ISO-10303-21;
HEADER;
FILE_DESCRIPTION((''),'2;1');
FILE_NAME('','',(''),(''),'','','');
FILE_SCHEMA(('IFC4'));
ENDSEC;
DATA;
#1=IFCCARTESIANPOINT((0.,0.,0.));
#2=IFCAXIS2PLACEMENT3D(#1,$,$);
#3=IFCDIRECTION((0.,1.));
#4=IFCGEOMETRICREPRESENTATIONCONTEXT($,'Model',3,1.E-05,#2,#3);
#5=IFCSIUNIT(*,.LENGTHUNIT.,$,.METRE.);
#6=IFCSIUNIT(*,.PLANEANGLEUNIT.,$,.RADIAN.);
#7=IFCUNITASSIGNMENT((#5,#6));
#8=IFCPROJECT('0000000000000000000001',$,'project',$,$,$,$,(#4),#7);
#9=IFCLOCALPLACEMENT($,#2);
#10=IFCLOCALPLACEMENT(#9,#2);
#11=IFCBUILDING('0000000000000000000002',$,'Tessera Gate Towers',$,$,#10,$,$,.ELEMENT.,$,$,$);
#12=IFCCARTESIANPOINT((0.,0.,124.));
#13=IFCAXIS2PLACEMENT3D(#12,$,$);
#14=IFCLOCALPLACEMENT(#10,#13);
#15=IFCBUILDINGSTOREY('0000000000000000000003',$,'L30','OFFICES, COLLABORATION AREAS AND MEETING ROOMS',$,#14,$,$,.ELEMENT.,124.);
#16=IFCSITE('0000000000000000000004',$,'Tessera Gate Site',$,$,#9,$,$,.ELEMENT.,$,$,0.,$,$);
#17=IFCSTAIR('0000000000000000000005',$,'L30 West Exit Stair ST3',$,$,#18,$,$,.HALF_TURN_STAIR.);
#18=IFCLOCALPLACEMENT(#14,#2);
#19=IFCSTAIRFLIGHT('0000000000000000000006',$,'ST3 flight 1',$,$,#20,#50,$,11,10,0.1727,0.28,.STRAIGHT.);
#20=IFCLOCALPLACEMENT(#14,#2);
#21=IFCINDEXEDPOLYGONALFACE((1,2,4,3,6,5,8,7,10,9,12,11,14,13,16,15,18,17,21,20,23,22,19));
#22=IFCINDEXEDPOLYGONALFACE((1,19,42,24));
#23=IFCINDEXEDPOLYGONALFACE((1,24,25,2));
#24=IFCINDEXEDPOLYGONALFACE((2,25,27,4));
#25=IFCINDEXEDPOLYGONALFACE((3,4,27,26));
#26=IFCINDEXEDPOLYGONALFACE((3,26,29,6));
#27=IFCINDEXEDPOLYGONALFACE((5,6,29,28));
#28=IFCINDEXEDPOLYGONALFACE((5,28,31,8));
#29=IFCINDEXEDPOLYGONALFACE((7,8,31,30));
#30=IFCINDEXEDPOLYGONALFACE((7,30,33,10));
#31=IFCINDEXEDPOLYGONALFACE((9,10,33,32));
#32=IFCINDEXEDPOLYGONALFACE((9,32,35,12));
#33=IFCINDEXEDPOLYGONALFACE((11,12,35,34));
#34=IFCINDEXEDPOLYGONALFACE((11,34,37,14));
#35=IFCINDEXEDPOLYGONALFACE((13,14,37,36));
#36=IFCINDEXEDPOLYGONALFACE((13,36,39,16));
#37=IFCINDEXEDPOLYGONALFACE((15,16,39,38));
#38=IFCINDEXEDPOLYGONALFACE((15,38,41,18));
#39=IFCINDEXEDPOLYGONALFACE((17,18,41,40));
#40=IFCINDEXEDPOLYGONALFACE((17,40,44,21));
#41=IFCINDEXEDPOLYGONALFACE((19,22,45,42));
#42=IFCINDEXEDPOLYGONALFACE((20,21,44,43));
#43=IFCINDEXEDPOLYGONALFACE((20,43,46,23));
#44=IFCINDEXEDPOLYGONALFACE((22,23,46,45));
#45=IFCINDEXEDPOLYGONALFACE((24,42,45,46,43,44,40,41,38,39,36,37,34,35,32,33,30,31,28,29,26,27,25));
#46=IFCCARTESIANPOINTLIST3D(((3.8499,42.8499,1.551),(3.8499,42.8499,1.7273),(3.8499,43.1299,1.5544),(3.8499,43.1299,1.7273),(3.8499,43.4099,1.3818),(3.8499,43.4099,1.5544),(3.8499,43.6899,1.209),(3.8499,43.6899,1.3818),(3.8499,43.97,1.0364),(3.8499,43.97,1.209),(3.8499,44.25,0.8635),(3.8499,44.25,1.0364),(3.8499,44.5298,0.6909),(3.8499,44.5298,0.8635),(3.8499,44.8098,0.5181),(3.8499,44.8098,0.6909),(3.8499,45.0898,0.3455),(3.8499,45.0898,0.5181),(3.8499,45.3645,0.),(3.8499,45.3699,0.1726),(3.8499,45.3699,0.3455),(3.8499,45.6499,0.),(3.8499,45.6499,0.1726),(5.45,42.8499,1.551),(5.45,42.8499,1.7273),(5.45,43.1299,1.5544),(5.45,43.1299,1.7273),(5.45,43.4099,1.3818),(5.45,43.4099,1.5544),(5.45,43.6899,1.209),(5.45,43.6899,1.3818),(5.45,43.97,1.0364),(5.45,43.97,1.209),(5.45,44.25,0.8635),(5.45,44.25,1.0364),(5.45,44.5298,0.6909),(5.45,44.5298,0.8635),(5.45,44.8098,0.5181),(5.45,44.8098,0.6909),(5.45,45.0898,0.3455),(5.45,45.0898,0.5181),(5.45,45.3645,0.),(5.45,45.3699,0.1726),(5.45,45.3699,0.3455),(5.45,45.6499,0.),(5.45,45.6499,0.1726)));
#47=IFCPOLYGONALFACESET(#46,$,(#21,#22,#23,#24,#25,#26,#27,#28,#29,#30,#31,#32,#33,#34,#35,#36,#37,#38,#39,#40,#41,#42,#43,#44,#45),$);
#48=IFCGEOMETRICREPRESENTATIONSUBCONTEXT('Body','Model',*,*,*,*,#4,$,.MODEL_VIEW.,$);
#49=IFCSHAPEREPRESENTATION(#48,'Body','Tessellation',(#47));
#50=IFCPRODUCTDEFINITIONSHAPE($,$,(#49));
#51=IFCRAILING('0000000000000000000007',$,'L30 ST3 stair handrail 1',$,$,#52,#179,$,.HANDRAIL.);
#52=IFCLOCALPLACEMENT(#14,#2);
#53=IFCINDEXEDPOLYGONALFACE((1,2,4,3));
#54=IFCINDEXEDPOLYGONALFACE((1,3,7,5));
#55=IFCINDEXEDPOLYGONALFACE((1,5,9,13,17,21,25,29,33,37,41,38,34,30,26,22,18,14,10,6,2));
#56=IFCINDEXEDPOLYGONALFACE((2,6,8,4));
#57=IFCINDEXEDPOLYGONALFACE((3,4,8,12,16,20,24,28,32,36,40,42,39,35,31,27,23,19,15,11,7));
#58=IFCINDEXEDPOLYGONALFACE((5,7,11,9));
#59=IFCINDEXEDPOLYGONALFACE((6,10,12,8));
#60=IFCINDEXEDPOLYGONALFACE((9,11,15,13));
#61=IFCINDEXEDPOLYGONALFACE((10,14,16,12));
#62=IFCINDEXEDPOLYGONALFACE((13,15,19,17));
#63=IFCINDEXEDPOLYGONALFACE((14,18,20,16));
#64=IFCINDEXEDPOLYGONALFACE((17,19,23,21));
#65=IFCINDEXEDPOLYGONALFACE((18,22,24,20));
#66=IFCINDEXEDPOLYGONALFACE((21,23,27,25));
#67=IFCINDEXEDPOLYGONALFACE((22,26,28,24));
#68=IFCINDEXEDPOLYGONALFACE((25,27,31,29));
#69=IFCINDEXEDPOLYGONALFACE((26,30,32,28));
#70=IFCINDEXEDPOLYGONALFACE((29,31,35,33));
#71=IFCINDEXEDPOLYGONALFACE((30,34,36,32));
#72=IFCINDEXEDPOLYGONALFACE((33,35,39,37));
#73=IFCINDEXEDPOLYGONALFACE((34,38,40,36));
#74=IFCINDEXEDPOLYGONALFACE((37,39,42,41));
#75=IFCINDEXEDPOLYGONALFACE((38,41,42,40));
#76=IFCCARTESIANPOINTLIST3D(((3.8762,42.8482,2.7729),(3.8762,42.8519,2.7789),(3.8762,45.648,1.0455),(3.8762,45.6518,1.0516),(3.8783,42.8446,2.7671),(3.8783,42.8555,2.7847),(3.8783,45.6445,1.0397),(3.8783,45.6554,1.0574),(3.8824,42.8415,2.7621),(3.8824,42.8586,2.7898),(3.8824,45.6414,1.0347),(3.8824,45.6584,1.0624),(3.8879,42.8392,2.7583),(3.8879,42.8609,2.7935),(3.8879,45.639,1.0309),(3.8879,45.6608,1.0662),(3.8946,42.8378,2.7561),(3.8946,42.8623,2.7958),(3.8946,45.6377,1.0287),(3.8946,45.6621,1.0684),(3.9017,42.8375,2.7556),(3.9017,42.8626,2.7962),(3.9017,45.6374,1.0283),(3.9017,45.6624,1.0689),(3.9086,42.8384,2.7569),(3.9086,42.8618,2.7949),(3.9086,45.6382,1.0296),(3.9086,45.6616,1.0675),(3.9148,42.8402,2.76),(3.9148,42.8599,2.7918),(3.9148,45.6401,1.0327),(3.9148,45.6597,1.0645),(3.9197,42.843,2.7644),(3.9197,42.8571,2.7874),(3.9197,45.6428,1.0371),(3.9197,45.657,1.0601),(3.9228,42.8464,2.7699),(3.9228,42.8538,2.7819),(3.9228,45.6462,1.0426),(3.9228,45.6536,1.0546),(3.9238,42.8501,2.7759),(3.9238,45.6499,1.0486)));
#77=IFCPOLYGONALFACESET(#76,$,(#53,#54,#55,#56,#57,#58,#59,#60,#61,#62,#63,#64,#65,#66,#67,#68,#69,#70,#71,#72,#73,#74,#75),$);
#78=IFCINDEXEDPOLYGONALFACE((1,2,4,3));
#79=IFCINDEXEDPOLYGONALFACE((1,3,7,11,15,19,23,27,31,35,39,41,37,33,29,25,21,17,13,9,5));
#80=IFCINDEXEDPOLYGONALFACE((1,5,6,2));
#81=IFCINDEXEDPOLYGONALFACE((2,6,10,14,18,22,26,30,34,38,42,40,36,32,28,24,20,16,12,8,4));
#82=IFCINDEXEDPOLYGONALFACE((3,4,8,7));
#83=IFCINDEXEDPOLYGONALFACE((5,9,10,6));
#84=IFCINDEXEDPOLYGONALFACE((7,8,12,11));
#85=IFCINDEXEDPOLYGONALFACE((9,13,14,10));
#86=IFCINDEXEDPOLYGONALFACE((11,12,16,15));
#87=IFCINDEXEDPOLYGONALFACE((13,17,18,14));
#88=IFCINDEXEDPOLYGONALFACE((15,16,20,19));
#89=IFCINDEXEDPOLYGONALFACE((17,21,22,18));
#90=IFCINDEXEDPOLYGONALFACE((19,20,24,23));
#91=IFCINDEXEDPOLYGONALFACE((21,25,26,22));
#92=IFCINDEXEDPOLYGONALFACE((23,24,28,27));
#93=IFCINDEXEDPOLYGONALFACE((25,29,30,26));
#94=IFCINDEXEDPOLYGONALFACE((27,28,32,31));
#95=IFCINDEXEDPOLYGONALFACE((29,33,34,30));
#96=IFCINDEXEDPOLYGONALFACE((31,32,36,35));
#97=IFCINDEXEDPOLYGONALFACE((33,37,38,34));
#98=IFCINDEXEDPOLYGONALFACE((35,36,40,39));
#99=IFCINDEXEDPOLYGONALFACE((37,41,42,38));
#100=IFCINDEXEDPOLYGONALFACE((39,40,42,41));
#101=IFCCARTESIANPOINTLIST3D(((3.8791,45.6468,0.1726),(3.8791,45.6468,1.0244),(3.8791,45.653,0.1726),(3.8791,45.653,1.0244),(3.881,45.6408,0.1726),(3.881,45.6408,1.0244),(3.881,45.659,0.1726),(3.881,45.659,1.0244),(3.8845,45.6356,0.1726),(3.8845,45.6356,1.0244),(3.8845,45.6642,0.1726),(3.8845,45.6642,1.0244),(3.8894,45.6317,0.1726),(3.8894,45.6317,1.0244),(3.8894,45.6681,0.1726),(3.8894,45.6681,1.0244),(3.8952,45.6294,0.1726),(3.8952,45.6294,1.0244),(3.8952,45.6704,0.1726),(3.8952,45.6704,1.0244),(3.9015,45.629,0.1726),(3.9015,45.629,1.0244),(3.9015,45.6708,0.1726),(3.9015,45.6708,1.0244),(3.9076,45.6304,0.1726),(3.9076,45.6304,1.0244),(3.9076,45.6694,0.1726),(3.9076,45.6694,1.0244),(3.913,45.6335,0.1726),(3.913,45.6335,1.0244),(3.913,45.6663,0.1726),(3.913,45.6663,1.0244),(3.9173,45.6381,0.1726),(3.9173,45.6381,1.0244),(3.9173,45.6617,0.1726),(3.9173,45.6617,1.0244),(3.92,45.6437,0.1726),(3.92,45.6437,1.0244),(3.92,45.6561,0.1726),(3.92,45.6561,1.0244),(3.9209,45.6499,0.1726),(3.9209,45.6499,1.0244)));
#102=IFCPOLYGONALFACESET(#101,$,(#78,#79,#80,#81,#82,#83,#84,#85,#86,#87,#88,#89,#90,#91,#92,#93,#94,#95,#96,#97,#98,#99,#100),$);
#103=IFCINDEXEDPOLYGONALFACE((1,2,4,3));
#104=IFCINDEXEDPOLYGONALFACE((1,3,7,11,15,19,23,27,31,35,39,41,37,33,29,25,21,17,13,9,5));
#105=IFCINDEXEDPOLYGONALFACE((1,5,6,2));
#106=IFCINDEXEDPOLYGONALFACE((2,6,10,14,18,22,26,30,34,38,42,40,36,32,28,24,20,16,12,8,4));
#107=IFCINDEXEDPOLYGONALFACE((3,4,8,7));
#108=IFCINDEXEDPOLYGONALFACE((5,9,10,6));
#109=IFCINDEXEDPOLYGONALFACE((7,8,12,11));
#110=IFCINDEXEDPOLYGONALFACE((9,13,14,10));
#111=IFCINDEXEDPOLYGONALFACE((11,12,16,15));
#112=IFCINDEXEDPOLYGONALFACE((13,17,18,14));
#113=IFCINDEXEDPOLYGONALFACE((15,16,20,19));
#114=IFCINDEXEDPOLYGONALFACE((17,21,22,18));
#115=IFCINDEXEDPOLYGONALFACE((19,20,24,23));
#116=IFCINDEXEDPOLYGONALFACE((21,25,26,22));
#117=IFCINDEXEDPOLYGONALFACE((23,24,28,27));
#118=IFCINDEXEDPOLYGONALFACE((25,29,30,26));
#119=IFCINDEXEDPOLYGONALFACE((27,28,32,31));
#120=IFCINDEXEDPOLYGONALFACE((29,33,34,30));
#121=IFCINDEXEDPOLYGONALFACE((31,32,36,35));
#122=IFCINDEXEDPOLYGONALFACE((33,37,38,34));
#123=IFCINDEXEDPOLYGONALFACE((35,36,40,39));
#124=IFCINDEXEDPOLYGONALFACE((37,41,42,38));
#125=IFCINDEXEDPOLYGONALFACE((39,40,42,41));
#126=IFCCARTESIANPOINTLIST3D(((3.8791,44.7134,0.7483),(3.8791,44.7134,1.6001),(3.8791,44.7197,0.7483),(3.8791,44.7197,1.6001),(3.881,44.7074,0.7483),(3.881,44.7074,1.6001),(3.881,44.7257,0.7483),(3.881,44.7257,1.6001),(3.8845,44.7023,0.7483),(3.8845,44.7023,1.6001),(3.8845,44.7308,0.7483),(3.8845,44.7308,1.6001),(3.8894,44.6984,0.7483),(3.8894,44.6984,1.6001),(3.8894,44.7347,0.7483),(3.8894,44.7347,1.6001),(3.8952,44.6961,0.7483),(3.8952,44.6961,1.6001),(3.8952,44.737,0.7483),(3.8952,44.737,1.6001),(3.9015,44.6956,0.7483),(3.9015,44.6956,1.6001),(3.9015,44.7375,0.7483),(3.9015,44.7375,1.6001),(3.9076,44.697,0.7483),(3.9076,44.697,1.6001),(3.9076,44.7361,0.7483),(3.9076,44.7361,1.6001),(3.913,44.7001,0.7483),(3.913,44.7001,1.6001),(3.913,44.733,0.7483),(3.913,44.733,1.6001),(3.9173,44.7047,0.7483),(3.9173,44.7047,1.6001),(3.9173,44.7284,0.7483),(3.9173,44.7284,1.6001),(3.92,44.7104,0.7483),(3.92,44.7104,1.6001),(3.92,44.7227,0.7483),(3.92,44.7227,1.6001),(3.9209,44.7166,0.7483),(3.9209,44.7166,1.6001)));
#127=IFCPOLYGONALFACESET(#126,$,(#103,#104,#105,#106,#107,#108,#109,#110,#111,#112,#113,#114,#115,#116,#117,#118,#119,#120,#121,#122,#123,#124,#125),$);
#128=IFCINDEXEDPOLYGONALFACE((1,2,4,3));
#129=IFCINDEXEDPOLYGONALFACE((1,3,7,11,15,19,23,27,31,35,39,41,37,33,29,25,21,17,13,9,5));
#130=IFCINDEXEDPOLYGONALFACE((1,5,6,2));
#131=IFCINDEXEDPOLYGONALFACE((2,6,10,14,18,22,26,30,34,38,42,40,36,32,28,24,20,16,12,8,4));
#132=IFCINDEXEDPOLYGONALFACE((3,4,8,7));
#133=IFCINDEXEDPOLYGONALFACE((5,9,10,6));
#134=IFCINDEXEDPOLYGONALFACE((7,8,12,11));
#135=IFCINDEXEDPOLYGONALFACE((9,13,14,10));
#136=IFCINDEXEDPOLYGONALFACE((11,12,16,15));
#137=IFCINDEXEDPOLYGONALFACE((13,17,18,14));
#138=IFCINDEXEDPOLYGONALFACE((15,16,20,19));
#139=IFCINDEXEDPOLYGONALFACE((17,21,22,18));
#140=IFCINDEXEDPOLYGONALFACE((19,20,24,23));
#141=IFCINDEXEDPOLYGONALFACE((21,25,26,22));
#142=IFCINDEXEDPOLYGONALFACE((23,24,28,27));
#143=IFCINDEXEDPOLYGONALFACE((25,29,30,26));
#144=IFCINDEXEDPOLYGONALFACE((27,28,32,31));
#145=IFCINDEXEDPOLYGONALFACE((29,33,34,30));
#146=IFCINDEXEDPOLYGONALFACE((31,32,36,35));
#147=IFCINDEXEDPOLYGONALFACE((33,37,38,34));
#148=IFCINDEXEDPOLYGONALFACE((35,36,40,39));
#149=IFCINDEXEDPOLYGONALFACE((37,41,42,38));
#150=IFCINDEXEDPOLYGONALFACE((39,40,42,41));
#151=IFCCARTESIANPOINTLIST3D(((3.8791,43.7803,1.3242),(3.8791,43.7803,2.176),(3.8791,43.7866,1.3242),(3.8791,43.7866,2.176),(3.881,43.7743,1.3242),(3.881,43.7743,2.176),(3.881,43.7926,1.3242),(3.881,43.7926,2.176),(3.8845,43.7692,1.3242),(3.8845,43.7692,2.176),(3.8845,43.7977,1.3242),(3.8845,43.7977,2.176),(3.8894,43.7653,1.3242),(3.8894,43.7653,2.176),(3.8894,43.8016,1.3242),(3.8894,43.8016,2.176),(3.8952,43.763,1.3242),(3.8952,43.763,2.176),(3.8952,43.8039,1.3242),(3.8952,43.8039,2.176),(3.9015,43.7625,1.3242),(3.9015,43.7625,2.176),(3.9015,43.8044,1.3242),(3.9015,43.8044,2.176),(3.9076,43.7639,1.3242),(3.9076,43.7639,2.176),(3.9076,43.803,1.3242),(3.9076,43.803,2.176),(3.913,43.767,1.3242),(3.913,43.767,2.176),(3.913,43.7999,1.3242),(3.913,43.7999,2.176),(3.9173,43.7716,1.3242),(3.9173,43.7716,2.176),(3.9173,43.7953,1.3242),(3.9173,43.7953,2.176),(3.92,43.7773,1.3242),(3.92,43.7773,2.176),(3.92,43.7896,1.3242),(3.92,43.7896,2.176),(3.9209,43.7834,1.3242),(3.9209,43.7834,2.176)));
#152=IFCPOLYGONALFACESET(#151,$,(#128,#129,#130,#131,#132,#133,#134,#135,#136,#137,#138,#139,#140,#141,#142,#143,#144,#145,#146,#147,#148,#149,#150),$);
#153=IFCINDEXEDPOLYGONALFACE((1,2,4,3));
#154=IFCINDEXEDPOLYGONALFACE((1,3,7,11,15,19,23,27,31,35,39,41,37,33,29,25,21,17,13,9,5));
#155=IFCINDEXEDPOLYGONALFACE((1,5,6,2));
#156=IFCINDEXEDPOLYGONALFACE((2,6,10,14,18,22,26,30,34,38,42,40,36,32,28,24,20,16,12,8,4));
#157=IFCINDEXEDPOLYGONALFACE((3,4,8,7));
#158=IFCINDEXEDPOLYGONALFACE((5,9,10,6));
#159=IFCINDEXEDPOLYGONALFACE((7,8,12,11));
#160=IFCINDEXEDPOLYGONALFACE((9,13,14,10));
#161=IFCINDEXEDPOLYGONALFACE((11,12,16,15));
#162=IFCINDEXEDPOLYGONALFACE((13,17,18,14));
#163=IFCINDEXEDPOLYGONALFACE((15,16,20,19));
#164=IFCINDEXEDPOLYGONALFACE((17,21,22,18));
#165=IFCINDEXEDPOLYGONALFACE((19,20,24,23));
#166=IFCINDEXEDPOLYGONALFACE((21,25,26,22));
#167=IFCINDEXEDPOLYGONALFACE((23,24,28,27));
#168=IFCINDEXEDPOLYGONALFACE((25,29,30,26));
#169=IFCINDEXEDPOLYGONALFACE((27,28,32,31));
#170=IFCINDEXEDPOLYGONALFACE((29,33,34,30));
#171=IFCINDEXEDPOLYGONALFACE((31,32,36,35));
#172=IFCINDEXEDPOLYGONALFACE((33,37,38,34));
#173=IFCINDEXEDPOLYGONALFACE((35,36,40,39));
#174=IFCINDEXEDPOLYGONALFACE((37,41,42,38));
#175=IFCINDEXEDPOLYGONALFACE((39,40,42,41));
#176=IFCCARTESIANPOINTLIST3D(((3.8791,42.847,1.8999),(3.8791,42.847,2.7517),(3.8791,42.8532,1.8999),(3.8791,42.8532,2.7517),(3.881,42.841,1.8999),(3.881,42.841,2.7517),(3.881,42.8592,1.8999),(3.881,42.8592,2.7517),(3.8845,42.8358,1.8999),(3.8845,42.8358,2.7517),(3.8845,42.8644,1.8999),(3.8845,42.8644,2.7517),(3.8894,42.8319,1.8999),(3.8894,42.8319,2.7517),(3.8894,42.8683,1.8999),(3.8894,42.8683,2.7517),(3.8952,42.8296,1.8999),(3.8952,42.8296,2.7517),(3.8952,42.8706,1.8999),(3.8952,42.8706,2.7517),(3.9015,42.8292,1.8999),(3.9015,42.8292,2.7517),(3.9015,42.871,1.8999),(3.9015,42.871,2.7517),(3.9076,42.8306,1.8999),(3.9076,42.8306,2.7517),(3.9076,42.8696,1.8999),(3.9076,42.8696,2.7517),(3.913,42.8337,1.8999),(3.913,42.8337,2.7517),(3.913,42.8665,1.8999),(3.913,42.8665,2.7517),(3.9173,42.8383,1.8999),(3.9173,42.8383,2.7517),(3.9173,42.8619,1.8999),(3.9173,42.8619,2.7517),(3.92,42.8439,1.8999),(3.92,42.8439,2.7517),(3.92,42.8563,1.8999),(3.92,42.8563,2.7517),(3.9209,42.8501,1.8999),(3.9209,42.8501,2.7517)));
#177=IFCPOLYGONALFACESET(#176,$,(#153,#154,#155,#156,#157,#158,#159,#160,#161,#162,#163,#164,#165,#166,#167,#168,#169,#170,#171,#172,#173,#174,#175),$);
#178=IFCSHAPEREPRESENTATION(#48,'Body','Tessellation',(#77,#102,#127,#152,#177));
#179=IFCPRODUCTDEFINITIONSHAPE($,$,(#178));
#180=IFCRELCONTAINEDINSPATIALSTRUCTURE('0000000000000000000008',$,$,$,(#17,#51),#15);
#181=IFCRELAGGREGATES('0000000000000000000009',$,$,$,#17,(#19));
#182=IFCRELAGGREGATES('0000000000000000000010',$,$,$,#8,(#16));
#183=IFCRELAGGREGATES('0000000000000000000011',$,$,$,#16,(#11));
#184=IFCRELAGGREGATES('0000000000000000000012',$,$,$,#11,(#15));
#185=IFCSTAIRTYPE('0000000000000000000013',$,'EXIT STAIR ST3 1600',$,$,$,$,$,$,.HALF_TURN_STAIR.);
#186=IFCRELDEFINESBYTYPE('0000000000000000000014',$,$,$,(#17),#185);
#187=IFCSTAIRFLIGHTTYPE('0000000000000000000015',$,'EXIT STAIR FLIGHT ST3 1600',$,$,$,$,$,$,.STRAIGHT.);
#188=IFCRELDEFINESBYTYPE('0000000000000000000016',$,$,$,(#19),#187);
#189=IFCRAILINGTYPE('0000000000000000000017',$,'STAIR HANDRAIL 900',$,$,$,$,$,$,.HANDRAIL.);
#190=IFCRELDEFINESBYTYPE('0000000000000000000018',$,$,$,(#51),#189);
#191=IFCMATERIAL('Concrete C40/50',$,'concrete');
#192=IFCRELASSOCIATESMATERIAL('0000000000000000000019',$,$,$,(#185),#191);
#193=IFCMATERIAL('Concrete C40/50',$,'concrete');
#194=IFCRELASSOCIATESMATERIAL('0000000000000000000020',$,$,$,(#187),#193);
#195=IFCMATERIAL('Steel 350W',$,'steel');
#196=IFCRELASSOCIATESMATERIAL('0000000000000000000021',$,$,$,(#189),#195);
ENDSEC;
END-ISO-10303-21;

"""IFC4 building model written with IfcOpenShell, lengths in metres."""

from ifc_helpers import new_model, si_unit, direction, frame, origin, origin_2d, place, context, subcontext, project, spatial, polyline, circle, outline, extrude, material, type_object, element, aggregate, save


model = new_model("IFC4")

# Units and contexts
model_context = context("Model", 3, precision=1e-05, world=origin(), true_north=direction((0.0, 1.0)))
body_context = subcontext(model_context, "Body", "Model", "MODEL_VIEW")
ifc_project = project(units=[si_unit("LENGTHUNIT", "METRE"), si_unit("PLANEANGLEUNIT", "RADIAN")], contexts=[model_context])

# Site, building, storey
site_placement = place(None, origin())
site = spatial("IfcSite", under=ifc_project, at=site_placement, Name="Tessera Gate Site", CompositionType="ELEMENT", RefElevation=0.0)
building_placement = place(site_placement, origin())
building = spatial("IfcBuilding", under=site, at=building_placement, Name="Tessera Gate Towers", CompositionType="ELEMENT")
storey_placement = place(building_placement, frame((0.0, 0.0, 124.0)))
storey = spatial("IfcBuildingStorey", under=building, at=storey_placement, Name="L30", Description="OFFICES, COLLABORATION AREAS AND MEETING ROOMS", CompositionType="ELEMENT", Elevation=124.0)

# Stair, stair flight
ifc_material_1 = material(Name="Concrete C40/50", Category="concrete")
stair_type = type_object("IfcStairType", Name="EXIT STAIR ST3 1600", PredefinedType="HALF_TURN_STAIR", material=ifc_material_1)
stair_placement = place(storey_placement, origin())
stair = element("IfcStair", 1, at=stair_placement, inside=storey, type_object=stair_type, Name="L30 West Exit Stair ST3", PredefinedType="HALF_TURN_STAIR")
ifc_material_2 = material(Name="Concrete C40/50", Category="concrete")
stair_flight_type = type_object("IfcStairFlightType", Name="EXIT STAIR FLIGHT ST3 1600", PredefinedType="STRAIGHT", material=ifc_material_2)
stair_flight_placement = place(storey_placement, frame((4.6499, 45.6499, 0.0), z_axis=(0.0, 0.0, 1.0), x_axis=(0.0, -1.0, 0.0)))
stair_flight = element("IfcStairFlight", 2, at=stair_flight_placement, type_object=stair_flight_type, Name="ST3 flight 1", NumberOfRisers=11, NumberOfTreads=10, PredefinedType="STRAIGHT", RiserHeight=0.1727, TreadLength=0.28, context=body_context, shape_type="SweptSolid", body=[
    extrude(outline(polyline([(0.0, 0.0), (0.0, 0.1726), (0.28, 0.1726), (0.28, 0.3455), (0.5601, 0.3455), (0.5601, 0.5181), (0.8401, 0.5181), (0.8401, 0.6909), (1.1201, 0.6909), (1.1201, 0.8635), (1.3999, 0.8635), (1.3999, 1.0364), (1.6799, 1.0364), (1.6799, 1.209), (1.96, 1.209), (1.96, 1.3818), (2.24, 1.3818), (2.24, 1.5544), (2.52, 1.5544), (2.52, 1.7273), (2.8, 1.7273), (2.8, 1.8999), (2.8, 1.551), (0.2854, 0.0), (0.0, 0.0)])), frame((0.0, 0.8, 0.0), z_axis=(0.0, -1.0, 0.0), x_axis=(1.0, 0.0, 0.0)), (0.0, 0.0, 1.0), 1.6001),
])
aggregate(stair, [stair_flight])

# Railing
ifc_material_3 = material(Name="Steel 350W", Category="steel")
railing_type_1 = type_object("IfcRailingType", Name="STAIR HANDRAIL 900", PredefinedType="HANDRAIL", material=ifc_material_3)
railing_1_placement = place(storey_placement, frame((3.8999, 45.6499, 0.1726)))
element("IfcRailing", 3, at=railing_1_placement, inside=storey, type_object=railing_type_1, Name="L30 ST3 stair handrail 1", PredefinedType="HANDRAIL", context=body_context, shape_type="SweptSolid", body=[
    extrude(circle(Radius=0.0239, at=origin_2d()), frame((0.0, 0.0, 0.876), z_axis=(0.0, -0.851069, 0.525054), x_axis=(1.0, 0.0, 0.0)), (0.0, 0.0, 1.0), 3.2898),
    extrude(circle(Radius=0.021, at=origin_2d()), origin(), (0.0, 0.0, 1.0), 0.8518),
    extrude(circle(Radius=0.021, at=origin_2d()), frame((0.0, -0.9333, 0.5757)), (0.0, 0.0, 1.0), 0.8518),
    extrude(circle(Radius=0.021, at=origin_2d()), frame((0.0, -1.8665, 1.1516)), (0.0, 0.0, 1.0), 0.8518),
    extrude(circle(Radius=0.021, at=origin_2d()), frame((0.0, -2.7998, 1.7273)), (0.0, 0.0, 1.0), 0.8518),
])

save(model, "model.ifc")
